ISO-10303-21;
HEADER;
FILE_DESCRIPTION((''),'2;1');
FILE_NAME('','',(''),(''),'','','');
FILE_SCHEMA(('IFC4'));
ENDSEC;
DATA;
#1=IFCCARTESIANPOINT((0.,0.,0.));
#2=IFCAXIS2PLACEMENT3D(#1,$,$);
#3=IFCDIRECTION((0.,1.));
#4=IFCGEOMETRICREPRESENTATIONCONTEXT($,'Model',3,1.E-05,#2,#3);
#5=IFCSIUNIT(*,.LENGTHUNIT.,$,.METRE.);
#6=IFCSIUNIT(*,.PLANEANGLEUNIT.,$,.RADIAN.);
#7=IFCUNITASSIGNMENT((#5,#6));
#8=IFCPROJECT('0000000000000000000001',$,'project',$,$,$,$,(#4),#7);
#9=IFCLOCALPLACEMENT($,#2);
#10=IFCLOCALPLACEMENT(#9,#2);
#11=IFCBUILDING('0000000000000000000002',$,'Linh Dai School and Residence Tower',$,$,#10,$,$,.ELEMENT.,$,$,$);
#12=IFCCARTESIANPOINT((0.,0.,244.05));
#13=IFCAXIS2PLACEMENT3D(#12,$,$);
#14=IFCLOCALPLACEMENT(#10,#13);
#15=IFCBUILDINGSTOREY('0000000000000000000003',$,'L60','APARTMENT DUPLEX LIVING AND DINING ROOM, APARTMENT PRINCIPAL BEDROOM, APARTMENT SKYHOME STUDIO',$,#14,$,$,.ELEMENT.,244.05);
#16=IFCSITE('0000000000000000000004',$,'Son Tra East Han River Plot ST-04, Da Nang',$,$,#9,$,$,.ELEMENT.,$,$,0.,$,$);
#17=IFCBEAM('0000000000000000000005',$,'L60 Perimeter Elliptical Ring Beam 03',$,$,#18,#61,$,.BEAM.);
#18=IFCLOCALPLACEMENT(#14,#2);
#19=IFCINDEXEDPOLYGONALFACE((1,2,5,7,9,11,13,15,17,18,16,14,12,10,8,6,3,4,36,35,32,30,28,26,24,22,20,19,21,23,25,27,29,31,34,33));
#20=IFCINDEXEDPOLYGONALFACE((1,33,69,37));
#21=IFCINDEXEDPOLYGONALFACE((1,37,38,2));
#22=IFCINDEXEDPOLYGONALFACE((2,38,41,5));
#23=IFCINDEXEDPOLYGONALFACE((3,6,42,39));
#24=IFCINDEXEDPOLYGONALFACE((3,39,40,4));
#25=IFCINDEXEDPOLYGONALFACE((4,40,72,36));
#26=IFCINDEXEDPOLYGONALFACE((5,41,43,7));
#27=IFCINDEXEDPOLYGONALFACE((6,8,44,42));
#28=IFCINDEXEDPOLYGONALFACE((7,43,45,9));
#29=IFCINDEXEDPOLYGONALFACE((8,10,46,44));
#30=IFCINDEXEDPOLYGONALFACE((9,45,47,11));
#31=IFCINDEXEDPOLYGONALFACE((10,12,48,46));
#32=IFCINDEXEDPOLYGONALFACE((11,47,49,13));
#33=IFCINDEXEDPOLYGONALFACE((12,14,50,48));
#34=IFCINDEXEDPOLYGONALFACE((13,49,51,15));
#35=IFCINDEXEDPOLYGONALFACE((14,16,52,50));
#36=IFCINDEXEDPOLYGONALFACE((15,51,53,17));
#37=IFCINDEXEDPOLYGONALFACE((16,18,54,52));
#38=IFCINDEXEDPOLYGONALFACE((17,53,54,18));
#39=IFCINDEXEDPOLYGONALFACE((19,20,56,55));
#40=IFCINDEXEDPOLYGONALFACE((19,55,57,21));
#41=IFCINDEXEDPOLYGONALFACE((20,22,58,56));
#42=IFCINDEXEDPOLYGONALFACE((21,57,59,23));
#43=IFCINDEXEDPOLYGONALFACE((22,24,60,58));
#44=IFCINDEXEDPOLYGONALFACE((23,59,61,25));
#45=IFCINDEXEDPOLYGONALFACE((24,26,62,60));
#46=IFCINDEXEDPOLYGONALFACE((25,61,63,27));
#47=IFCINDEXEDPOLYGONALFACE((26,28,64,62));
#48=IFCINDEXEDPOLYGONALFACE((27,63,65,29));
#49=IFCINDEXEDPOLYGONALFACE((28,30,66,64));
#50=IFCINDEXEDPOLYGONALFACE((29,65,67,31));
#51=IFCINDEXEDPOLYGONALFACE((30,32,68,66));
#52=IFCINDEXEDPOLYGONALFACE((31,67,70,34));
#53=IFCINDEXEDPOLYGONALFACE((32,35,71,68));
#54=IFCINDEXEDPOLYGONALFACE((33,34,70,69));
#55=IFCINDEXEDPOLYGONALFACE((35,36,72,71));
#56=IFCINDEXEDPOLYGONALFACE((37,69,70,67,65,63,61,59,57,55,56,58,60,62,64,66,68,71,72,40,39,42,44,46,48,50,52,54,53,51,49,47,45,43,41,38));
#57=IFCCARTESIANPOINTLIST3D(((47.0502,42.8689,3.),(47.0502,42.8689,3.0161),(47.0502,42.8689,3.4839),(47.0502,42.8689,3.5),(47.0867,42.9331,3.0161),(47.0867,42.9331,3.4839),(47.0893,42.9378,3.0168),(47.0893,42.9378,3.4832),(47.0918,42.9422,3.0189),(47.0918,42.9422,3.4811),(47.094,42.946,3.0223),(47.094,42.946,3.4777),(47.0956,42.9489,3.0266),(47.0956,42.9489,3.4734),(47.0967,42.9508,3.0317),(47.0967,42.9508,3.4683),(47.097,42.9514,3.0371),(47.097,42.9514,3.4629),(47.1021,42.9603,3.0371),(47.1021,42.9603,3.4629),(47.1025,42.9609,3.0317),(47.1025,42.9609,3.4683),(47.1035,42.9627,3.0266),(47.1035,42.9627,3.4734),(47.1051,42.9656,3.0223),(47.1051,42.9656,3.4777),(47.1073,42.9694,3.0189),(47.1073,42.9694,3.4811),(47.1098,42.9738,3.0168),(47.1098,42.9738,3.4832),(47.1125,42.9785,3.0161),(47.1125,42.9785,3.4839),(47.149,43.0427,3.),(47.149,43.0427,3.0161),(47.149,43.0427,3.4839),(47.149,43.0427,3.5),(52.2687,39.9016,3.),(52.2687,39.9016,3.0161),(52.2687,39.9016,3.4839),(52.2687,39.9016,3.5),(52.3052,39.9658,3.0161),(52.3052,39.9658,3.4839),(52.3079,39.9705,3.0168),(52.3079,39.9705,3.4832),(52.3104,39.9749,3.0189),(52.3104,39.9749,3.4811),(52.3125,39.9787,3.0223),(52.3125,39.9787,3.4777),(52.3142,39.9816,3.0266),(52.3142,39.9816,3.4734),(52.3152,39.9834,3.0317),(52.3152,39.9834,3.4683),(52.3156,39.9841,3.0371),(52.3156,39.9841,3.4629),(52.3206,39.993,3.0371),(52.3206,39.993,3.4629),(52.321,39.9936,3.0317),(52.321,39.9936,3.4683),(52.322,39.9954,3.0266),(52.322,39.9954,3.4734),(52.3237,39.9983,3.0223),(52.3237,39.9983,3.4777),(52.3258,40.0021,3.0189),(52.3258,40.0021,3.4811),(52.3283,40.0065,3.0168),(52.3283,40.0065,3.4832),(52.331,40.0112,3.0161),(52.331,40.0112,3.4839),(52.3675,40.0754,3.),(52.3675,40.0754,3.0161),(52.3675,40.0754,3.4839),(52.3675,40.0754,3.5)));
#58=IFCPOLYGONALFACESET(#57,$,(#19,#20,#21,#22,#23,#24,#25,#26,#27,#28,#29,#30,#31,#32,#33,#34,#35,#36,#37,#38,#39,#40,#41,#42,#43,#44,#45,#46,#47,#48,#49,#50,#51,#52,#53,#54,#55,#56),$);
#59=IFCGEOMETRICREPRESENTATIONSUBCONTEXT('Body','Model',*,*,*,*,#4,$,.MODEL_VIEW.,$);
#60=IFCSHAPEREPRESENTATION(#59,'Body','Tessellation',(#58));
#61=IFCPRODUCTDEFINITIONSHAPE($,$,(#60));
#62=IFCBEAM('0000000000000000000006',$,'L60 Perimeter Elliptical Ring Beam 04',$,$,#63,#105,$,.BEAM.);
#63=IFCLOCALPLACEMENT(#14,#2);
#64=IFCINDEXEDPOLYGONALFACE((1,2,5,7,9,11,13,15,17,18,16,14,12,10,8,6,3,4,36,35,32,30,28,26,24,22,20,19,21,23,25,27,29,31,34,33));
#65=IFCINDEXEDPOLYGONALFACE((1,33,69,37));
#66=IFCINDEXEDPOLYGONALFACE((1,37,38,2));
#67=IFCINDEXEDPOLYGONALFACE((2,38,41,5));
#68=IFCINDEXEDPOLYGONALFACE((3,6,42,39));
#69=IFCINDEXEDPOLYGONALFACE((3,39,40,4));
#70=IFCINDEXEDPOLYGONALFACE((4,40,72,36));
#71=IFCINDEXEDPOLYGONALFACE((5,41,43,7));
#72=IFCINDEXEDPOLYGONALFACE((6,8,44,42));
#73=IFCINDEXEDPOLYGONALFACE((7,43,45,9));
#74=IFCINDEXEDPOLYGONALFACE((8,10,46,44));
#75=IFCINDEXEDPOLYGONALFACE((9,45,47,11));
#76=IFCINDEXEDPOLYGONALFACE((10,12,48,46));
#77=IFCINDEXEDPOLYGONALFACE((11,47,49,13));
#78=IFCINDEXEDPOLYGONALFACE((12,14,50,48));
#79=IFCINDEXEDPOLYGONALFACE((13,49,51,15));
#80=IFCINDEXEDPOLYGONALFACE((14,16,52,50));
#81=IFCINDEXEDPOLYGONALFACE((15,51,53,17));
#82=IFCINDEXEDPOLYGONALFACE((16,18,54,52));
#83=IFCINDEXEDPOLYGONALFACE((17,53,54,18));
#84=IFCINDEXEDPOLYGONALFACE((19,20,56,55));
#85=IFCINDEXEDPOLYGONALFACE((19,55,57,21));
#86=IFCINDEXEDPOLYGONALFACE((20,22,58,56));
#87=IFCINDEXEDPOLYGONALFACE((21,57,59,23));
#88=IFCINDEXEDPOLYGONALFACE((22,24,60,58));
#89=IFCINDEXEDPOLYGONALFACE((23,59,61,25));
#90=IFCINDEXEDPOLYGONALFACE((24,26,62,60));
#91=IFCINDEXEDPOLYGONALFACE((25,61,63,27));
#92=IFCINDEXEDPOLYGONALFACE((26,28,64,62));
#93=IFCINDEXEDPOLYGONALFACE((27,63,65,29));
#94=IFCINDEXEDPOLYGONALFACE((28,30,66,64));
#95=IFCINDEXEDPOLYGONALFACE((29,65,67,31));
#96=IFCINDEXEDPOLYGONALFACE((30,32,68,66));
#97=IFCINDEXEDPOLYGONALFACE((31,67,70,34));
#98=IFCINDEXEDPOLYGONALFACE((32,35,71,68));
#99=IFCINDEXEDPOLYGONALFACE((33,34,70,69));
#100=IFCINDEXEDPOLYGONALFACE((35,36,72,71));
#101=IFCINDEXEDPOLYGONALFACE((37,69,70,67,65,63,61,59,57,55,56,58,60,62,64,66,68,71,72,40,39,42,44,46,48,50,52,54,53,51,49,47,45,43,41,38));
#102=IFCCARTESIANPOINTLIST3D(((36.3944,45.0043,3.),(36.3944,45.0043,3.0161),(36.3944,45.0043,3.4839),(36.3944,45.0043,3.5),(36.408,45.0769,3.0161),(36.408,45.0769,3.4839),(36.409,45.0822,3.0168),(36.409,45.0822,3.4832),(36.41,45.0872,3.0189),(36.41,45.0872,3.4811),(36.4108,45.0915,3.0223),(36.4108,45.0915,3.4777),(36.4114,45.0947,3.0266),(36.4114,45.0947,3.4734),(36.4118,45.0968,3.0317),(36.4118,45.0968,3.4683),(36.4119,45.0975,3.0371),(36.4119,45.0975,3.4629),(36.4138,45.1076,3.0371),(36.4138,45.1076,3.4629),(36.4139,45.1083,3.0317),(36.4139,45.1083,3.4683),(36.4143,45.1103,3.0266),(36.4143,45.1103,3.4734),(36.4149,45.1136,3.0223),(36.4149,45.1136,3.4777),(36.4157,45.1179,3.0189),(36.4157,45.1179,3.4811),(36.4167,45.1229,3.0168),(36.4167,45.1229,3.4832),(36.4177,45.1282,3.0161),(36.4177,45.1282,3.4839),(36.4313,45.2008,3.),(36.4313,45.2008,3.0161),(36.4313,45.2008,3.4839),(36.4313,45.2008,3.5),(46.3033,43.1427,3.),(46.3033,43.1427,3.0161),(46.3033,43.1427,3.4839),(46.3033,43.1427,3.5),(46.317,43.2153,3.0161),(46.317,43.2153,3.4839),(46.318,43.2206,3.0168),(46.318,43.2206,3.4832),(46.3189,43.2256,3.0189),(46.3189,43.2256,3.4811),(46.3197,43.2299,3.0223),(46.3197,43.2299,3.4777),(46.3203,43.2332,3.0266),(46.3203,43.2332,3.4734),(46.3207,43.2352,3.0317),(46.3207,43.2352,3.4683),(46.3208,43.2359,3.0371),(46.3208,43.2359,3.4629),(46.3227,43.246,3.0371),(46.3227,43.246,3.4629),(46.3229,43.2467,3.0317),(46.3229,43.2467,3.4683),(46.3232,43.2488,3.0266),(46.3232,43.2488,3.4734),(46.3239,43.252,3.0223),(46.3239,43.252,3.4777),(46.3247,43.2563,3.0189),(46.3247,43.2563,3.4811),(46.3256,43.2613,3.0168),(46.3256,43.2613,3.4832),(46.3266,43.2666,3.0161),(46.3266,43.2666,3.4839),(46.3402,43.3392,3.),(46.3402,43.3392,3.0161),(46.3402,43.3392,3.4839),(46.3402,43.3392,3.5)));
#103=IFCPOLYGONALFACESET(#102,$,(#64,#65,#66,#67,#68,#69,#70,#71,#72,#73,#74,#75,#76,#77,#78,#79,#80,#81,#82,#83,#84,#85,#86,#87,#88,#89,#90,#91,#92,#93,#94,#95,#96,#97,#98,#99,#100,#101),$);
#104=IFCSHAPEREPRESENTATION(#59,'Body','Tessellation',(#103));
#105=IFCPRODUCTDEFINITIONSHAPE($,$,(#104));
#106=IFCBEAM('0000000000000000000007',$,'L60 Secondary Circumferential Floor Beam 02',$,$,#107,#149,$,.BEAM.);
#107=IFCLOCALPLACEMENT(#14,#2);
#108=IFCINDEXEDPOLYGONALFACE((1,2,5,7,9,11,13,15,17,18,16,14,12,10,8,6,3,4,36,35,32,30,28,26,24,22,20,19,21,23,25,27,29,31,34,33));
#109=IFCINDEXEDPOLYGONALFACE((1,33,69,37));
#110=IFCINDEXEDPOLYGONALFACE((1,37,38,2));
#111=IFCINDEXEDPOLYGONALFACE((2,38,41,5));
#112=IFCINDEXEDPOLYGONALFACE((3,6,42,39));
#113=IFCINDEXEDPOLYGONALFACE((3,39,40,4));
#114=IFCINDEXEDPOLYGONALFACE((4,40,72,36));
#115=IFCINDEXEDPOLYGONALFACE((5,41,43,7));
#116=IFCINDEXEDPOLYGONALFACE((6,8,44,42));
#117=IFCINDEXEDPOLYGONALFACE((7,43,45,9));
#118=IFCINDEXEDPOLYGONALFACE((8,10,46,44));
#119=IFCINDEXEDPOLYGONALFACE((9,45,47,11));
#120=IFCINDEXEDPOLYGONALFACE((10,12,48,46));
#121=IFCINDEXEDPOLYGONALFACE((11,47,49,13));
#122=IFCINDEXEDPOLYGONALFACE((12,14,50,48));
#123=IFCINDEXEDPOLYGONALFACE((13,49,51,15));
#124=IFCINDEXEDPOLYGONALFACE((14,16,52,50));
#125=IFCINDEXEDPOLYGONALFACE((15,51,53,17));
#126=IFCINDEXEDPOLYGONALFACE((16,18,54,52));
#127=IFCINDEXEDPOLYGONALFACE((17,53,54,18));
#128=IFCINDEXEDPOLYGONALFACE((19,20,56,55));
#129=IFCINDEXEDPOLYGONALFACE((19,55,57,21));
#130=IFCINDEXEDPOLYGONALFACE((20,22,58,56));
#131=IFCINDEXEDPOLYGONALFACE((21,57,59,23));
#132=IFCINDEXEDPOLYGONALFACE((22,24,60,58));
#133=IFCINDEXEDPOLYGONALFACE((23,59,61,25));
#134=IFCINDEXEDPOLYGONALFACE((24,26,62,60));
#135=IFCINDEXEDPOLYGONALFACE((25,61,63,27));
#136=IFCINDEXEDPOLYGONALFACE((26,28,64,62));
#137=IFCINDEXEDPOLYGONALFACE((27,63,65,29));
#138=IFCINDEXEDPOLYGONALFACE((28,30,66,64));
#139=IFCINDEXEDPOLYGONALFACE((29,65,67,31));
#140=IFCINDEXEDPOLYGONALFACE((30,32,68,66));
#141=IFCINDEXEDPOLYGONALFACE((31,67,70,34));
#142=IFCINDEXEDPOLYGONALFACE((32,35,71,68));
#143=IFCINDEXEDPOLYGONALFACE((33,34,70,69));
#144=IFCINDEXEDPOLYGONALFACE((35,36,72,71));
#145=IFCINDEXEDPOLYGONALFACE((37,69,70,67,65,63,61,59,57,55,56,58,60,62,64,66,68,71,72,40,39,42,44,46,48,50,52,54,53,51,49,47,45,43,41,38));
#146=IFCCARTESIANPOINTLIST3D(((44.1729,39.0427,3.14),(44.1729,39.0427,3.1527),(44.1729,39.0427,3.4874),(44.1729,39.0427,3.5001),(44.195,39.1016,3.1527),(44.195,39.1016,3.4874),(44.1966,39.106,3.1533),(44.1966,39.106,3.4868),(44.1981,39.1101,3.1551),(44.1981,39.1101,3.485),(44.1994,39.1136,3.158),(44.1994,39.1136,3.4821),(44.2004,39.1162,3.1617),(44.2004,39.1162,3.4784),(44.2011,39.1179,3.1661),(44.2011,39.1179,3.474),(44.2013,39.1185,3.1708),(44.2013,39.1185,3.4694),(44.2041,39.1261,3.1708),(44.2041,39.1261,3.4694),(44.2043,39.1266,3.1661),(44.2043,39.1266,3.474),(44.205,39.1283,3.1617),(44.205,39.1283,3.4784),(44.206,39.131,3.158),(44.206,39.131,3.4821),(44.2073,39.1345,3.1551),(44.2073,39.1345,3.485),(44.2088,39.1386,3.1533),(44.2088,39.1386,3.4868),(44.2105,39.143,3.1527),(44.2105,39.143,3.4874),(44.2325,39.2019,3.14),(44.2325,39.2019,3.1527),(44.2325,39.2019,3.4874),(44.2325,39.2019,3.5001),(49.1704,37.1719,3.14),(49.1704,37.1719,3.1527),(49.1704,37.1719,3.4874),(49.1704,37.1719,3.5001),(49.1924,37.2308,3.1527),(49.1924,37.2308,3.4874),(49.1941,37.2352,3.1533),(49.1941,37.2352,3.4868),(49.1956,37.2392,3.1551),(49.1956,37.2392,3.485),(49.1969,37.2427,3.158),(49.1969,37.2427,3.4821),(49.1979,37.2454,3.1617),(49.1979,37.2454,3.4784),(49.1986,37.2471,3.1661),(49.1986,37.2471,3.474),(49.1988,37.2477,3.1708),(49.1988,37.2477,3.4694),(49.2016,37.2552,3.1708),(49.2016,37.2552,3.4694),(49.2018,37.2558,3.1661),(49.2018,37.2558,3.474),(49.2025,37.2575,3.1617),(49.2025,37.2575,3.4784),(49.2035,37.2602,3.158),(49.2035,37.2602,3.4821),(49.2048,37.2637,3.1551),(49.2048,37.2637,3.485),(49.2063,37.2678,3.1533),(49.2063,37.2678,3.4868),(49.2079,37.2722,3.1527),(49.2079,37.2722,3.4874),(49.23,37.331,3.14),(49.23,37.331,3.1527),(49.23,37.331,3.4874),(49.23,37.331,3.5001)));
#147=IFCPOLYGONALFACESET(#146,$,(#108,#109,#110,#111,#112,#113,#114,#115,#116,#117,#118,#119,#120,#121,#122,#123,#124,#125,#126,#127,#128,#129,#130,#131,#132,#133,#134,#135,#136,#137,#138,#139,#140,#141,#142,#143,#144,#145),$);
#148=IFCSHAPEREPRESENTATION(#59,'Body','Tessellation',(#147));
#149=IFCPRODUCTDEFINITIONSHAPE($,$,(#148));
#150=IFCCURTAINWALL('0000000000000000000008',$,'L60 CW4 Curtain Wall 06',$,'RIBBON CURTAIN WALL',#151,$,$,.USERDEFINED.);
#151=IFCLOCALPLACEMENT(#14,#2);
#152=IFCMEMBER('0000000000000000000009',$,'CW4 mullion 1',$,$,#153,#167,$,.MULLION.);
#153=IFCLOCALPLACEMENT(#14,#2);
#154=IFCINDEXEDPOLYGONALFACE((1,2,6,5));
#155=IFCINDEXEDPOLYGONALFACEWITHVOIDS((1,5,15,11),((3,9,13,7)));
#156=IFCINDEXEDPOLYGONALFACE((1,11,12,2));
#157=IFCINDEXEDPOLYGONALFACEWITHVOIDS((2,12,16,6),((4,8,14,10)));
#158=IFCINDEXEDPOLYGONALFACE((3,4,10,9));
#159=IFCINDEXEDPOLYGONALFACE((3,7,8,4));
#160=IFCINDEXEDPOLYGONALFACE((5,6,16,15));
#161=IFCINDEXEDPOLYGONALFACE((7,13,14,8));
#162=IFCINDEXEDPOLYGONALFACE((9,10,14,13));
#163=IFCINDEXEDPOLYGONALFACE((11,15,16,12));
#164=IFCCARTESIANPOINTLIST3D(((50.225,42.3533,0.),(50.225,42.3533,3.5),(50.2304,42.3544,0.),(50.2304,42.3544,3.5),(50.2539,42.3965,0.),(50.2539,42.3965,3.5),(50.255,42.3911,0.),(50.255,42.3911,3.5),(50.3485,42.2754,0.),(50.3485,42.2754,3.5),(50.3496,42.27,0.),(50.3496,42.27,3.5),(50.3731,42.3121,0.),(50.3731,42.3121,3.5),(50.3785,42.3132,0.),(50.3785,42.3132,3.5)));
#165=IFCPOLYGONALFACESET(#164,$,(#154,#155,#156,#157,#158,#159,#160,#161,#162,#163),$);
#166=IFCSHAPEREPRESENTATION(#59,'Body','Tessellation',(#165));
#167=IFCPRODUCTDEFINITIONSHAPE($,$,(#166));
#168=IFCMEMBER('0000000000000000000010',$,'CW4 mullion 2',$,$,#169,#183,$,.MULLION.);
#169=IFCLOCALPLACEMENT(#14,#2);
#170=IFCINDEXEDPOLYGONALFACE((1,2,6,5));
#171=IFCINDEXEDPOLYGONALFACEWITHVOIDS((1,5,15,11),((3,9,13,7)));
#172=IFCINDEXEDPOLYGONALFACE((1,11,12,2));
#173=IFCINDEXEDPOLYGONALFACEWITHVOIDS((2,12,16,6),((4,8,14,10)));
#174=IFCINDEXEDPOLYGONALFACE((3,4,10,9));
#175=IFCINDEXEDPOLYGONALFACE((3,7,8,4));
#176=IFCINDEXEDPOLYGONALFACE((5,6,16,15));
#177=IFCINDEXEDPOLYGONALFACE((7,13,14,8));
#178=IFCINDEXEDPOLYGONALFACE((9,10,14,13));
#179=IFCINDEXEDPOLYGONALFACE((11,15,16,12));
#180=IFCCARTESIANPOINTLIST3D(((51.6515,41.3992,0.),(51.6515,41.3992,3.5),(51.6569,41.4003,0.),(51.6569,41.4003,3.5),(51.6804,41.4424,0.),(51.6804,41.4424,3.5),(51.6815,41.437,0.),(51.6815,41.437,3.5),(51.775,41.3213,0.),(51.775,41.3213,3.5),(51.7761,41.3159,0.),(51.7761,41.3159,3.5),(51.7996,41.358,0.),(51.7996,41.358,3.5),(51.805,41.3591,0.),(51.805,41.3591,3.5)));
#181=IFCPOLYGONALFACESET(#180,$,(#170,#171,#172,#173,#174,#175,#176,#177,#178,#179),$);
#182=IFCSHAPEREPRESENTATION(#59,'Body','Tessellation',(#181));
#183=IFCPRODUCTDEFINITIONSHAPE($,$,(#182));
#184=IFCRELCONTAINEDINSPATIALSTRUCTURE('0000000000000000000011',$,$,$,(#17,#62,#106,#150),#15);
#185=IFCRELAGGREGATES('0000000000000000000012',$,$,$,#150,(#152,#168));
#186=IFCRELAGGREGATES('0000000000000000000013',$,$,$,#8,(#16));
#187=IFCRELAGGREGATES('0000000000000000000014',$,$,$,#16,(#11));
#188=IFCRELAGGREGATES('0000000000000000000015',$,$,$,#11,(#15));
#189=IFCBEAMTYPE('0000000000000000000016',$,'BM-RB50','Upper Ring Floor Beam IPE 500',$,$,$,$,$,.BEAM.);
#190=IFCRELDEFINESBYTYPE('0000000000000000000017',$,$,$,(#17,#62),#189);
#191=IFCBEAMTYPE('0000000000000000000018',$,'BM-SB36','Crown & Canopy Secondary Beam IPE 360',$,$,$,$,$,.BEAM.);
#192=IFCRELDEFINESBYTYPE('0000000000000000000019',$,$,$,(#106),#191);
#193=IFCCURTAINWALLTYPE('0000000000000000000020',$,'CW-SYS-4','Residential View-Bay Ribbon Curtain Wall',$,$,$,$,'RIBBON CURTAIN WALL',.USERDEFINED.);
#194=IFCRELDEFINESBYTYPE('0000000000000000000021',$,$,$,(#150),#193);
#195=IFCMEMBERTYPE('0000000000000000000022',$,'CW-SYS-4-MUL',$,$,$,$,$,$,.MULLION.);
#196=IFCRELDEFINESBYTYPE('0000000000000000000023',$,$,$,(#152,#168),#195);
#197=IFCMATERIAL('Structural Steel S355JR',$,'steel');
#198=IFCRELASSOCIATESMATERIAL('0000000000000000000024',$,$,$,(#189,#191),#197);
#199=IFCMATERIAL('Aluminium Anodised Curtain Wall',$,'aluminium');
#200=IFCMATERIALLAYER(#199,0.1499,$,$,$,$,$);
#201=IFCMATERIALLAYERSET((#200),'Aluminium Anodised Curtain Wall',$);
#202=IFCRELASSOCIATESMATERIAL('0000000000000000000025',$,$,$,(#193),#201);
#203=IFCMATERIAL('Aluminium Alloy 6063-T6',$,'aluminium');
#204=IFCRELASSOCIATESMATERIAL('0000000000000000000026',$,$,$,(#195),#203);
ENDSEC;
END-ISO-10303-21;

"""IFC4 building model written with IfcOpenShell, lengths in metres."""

from ifc_helpers import new_model, si_unit, direction, frame, origin, origin_2d, place, context, subcontext, project, spatial, hollow_rectangle, i_section, extrude, source, transform, mapped, material, layer, layer_set, material_profile, profile_set, type_object, element, aggregate, save


model = new_model("IFC4")

# Units and contexts
model_context = context("Model", 3, precision=1e-05, world=origin(), true_north=direction((0.0, 1.0)))
body_context = subcontext(model_context, "Body", "Model", "MODEL_VIEW")
ifc_project = project(units=[si_unit("LENGTHUNIT", "METRE"), si_unit("PLANEANGLEUNIT", "RADIAN")], contexts=[model_context])

# Site, building, storey
site_placement = place(None, origin())
site = spatial("IfcSite", under=ifc_project, at=site_placement, Name="Son Tra East Han River Plot ST-04, Da Nang", CompositionType="ELEMENT", RefElevation=0.0)
building_placement = place(site_placement, origin())
building = spatial("IfcBuilding", under=site, at=building_placement, Name="Linh Dai School and Residence Tower", CompositionType="ELEMENT")
storey_placement = place(building_placement, frame((0.0, 0.0, 244.05)))
storey = spatial("IfcBuildingStorey", under=building, at=storey_placement, Name="L60", Description="APARTMENT DUPLEX LIVING AND DINING ROOM, APARTMENT PRINCIPAL BEDROOM, APARTMENT SKYHOME STUDIO", CompositionType="ELEMENT", Elevation=244.05)

# Shared definitions
ifc_material_1 = material(Name="Structural Steel S355JR", Category="steel")

# Beams
ifc_material_profile_1 = material_profile(ifc_material_1, i_section(OverallWidth=0.2, OverallDepth=0.5, WebThickness=0.0103, FlangeThickness=0.0161, FilletRadius=0.021, at=origin_2d()), Name="IPE 500")
ifc_profile_set_1 = profile_set([ifc_material_profile_1], Name="Structural Steel S355JR")
beam_type_1 = type_object("IfcBeamType", Name="BM-RB50", Description="Upper Ring Floor Beam IPE 500", PredefinedType="BEAM", material=ifc_profile_set_1)
beam_1_placement = place(storey_placement, frame((52.3181, 39.9885, 3.25), z_axis=(-0.869297, 0.49429, 0.0), x_axis=(-0.49429, -0.869297, 0.0)))
element("IfcBeam", 1, at=beam_1_placement, inside=storey, type_object=beam_type_1, Name="L60 Perimeter Elliptical Ring Beam 03", PredefinedType="BEAM", context=body_context, shape_type="SweptSolid", body=[
    extrude(i_section(OverallWidth=0.2, OverallDepth=0.5, WebThickness=0.0103, FlangeThickness=0.0161, FilletRadius=0.021, at=origin_2d()), origin(), (0.0, 0.0, 1.0), 6.0032),
])
beam_2_placement = place(storey_placement, frame((46.3218, 43.241, 3.25), z_axis=(-0.982807, 0.184638, 0.0), x_axis=(-0.184638, -0.982807, 0.0)))
element("IfcBeam", 2, at=beam_2_placement, inside=storey, type_object=beam_type_1, Name="L60 Perimeter Elliptical Ring Beam 04", PredefinedType="BEAM", context=body_context, shape_type="SweptSolid", body=[
    extrude(i_section(OverallWidth=0.2, OverallDepth=0.5, WebThickness=0.0103, FlangeThickness=0.0161, FilletRadius=0.021, at=origin_2d()), origin(), (0.0, 0.0, 1.0), 10.0823),
])
ifc_material_profile_2 = material_profile(ifc_material_1, i_section(OverallWidth=0.1699, OverallDepth=0.3601, WebThickness=0.0081, FlangeThickness=0.0127, FilletRadius=0.0181, at=origin_2d()), Name="IPE 360")
ifc_profile_set_2 = profile_set([ifc_material_profile_2], Name="Structural Steel S355JR")
beam_type_2 = type_object("IfcBeamType", Name="BM-SB36", Description="Crown & Canopy Secondary Beam IPE 360", PredefinedType="BEAM", material=ifc_profile_set_2)
beam_3_placement = place(storey_placement, frame((49.2002, 37.2515, 3.3201), z_axis=(-0.936528, 0.350592, 0.0), x_axis=(-0.350592, -0.936528, 0.0)))
element("IfcBeam", 3, at=beam_3_placement, inside=storey, type_object=beam_type_2, Name="L60 Secondary Circumferential Floor Beam 02", PredefinedType="BEAM", context=body_context, shape_type="SweptSolid", body=[
    extrude(i_section(OverallWidth=0.1699, OverallDepth=0.3601, WebThickness=0.0081, FlangeThickness=0.0127, FilletRadius=0.0181, at=origin_2d()), origin(), (0.0, 0.0, 1.0), 5.3362),
])

# Curtain wall, members
ifc_material_2 = material(Name="Aluminium Anodised Curtain Wall", Category="aluminium")
ifc_layer_1 = layer(ifc_material_2, 0.1499)
ifc_layer_set_1 = layer_set([ifc_layer_1], Name="Aluminium Anodised Curtain Wall")
curtain_wall_type = type_object("IfcCurtainWallType", Name="CW-SYS-4", Description="Residential View-Bay Ribbon Curtain Wall", ElementType="RIBBON CURTAIN WALL", PredefinedType="USERDEFINED", material=ifc_layer_set_1)
curtain_wall_placement = place(storey_placement, origin())
curtain_wall = element("IfcCurtainWall", 4, at=curtain_wall_placement, inside=storey, type_object=curtain_wall_type, Name="L60 CW4 Curtain Wall 06", ObjectType="RIBBON CURTAIN WALL", PredefinedType="USERDEFINED")
ifc_material_3 = material(Name="Aluminium Alloy 6063-T6", Category="aluminium")
ifc_material_profile_3 = material_profile(ifc_material_3, hollow_rectangle(XDim=0.052, YDim=0.1499, WallThickness=0.0039, at=origin_2d()), Name="RHS 150x52x4")
ifc_profile_set_3 = profile_set([ifc_material_profile_3], Name="Aluminium Alloy 6063-T6")
member_type_1 = type_object("IfcMemberType", Name="CW-SYS-4-MUL", PredefinedType="MULLION", material=ifc_profile_set_3)
shared_shape_1 = source(origin(), body_context, "Body", "SweptSolid", [
    extrude(hollow_rectangle(XDim=0.052, YDim=0.1499, WallThickness=0.0039, at=origin_2d()), origin(), (0.0, 0.0, 1.0), 3.5),
])
member_1_placement = place(storey_placement, frame((50.3018, 42.3333, 0.0), z_axis=(0.0, 0.0, 1.0), x_axis=(0.555887, 0.831258, 0.0)))
member_1 = element("IfcMember", 5, at=member_1_placement, type_object=member_type_1, Name="CW4 mullion 1", PredefinedType="MULLION", context=body_context, shape_type="MappedRepresentation", body=[
    mapped(shared_shape_1, transform((0.0, 0.0, 0.0), x_axis=(1.0, 0.0, 0.0), y_axis=(0.0, 1.0, 0.0), z_axis=(0.0, 0.0, 1.0), scale=1.0)),
])
member_2_placement = place(storey_placement, frame((51.7283, 41.3792, 0.0), z_axis=(0.0, 0.0, 1.0), x_axis=(0.555887, 0.831258, 0.0)))
member_2 = element("IfcMember", 6, at=member_2_placement, type_object=member_type_1, Name="CW4 mullion 2", PredefinedType="MULLION", context=body_context, shape_type="MappedRepresentation", body=[
    mapped(shared_shape_1, transform((0.0, 0.0, 0.0), x_axis=(1.0, 0.0, 0.0), y_axis=(0.0, 1.0, 0.0), z_axis=(0.0, 0.0, 1.0), scale=1.0)),
])

aggregate(curtain_wall, [member_1, member_2])

save(model, "model.ifc")
